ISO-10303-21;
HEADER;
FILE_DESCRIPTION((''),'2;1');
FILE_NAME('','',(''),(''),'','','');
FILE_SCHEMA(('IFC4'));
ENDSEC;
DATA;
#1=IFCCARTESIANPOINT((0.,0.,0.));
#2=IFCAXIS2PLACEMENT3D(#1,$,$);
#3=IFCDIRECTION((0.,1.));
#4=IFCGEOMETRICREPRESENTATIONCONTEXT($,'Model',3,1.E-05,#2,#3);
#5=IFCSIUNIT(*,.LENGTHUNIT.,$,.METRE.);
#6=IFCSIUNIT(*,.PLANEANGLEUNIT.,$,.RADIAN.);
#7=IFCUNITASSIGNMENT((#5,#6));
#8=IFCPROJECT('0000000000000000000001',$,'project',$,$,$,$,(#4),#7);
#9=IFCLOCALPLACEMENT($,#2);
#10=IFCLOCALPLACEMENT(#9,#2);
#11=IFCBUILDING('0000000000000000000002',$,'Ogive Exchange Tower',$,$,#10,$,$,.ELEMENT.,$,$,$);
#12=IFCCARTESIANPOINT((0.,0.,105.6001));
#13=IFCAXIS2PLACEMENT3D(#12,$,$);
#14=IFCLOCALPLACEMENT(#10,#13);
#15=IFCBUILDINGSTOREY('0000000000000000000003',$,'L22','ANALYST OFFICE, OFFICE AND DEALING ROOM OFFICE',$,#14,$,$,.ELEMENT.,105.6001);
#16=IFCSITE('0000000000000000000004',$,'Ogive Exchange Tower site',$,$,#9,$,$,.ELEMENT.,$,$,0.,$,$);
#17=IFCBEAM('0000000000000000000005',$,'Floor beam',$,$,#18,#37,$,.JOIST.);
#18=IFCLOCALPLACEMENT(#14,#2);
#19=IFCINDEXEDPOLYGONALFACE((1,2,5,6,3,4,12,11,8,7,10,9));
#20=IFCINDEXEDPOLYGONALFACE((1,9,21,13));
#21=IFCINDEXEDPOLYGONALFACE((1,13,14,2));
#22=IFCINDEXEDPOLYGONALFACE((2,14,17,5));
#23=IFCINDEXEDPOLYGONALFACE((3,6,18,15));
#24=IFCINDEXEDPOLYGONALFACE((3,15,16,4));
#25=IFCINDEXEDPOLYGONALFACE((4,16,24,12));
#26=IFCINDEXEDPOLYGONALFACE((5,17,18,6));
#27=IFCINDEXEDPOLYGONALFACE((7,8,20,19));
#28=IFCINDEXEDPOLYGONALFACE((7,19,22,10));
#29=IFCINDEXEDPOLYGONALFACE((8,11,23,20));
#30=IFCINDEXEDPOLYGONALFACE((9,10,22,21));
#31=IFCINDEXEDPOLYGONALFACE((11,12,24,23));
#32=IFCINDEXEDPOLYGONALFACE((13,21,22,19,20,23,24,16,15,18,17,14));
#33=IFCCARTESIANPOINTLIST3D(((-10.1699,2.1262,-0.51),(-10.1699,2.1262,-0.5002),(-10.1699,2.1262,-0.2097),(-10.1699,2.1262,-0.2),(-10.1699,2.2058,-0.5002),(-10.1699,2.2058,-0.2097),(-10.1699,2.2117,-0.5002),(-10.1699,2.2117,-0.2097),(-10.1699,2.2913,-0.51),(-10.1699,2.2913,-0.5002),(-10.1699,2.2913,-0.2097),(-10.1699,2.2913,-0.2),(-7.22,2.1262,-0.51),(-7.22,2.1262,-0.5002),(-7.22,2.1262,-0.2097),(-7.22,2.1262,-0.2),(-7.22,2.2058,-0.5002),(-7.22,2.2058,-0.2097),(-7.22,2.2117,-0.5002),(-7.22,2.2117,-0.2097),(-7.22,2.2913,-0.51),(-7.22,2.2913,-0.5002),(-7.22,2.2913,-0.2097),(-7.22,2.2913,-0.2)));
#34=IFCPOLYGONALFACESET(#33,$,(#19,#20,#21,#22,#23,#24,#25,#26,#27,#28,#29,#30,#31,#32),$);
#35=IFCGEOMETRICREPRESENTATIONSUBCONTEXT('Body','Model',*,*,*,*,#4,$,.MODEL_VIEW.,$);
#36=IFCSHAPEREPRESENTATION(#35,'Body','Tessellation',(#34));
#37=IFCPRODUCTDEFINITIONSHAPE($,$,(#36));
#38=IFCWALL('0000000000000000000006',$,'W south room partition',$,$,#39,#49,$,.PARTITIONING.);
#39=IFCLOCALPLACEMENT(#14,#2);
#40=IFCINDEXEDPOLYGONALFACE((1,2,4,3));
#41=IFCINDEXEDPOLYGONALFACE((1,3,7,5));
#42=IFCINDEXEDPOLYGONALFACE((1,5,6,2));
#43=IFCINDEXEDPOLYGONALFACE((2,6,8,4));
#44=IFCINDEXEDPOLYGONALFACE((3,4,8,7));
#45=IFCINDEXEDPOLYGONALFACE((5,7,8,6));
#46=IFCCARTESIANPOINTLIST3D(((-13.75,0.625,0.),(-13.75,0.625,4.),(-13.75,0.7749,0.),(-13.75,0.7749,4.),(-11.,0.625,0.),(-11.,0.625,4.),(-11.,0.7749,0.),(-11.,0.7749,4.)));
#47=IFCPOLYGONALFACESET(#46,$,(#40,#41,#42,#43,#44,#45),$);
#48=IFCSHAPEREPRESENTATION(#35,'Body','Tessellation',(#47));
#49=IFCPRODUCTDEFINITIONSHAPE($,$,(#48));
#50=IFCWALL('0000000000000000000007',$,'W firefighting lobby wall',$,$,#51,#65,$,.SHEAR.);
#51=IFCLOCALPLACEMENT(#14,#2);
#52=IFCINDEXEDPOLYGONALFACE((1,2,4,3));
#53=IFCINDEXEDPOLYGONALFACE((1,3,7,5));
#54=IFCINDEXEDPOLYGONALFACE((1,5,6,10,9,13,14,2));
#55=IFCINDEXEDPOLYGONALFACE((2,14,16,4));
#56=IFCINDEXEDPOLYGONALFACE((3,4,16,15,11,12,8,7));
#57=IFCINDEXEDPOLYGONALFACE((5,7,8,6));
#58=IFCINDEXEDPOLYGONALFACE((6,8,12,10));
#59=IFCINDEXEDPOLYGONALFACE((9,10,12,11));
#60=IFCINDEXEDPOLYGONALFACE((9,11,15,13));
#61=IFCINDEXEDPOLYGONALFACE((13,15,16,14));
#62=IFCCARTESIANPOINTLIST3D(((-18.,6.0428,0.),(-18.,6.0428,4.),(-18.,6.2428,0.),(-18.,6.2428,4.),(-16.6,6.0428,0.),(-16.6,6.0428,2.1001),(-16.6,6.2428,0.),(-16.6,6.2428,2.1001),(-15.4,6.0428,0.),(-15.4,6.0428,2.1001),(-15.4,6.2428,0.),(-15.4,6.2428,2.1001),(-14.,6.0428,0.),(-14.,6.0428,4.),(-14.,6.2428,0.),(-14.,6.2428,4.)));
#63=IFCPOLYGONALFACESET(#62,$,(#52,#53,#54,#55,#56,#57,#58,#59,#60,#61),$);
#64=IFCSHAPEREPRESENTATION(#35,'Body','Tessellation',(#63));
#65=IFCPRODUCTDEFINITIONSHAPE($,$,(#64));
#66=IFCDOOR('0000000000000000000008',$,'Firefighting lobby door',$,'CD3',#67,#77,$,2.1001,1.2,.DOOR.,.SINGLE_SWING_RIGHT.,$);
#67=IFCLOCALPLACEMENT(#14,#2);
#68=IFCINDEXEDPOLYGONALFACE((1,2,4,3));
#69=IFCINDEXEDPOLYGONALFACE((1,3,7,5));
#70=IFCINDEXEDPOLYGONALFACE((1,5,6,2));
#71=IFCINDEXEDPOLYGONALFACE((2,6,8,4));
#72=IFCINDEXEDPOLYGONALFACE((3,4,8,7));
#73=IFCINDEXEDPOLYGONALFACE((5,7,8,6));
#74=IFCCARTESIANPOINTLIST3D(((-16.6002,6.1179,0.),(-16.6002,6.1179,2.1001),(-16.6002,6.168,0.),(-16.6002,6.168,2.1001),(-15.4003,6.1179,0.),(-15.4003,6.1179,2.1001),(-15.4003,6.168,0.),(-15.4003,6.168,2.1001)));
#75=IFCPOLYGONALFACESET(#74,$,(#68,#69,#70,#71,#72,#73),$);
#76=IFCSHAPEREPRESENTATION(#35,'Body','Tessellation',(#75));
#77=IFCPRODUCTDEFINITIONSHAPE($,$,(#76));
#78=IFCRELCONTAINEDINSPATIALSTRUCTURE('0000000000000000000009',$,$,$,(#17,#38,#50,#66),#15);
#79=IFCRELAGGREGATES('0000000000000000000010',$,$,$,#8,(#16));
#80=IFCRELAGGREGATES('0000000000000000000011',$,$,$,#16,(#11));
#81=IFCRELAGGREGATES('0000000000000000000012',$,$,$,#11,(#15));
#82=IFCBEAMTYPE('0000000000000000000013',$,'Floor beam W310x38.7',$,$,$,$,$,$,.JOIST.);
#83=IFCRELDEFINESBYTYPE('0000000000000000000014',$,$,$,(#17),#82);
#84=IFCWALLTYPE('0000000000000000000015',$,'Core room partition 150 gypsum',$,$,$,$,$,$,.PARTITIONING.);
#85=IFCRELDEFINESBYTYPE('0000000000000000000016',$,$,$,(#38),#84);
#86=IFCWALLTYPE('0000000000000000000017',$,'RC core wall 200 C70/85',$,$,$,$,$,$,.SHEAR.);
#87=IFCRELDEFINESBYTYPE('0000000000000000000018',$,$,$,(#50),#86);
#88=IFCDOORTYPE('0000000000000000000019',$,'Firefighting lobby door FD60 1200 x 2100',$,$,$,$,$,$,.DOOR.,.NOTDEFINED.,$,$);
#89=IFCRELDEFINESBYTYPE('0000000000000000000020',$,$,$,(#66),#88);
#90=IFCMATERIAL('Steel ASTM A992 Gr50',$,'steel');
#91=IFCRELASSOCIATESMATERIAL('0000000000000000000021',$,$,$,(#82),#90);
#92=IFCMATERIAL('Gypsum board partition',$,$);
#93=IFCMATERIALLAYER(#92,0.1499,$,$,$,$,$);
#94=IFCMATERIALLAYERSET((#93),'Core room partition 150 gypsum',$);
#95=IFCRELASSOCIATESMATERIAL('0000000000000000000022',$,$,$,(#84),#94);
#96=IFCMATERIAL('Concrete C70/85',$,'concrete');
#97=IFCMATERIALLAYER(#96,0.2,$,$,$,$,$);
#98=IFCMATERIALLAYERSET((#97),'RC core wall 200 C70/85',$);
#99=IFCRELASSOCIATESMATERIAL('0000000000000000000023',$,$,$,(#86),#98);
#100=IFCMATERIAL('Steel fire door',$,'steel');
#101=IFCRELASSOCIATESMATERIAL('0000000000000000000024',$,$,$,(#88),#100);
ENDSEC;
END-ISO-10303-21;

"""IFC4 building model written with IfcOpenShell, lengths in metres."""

from ifc_helpers import new_model, si_unit, direction, frame, frame_2d, origin, origin_2d, place, context, subcontext, project, spatial, rectangle, i_section, extrude, material, layer, layer_set, material_profile, profile_set, type_object, element, fill, save


model = new_model("IFC4")

# Units and contexts
model_context = context("Model", 3, precision=1e-05, world=origin(), true_north=direction((0.0, 1.0)))
body_context = subcontext(model_context, "Body", "Model", "MODEL_VIEW")
ifc_project = project(units=[si_unit("LENGTHUNIT", "METRE"), si_unit("PLANEANGLEUNIT", "RADIAN")], contexts=[model_context])

# Site, building, storey
site_placement = place(None, origin())
site = spatial("IfcSite", under=ifc_project, at=site_placement, Name="Ogive Exchange Tower site", CompositionType="ELEMENT", RefElevation=0.0)
building_placement = place(site_placement, origin())
building = spatial("IfcBuilding", under=site, at=building_placement, Name="Ogive Exchange Tower", CompositionType="ELEMENT")
storey_placement = place(building_placement, frame((0.0, 0.0, 105.6001)))
storey = spatial("IfcBuildingStorey", under=building, at=storey_placement, Name="L22", Description="ANALYST OFFICE, OFFICE AND DEALING ROOM OFFICE", CompositionType="ELEMENT", Elevation=105.6001)

# Beam
ifc_material_1 = material(Name="Steel ASTM A992 Gr50", Category="steel")
ifc_material_profile = material_profile(ifc_material_1, i_section(OverallWidth=0.165, OverallDepth=0.3101, WebThickness=0.0059, FlangeThickness=0.0098, at=origin_2d()), Name="W310x38.7")
ifc_profile_set = profile_set([ifc_material_profile], Name="Steel ASTM A992 Gr50")
beam_type = type_object("IfcBeamType", Name="Floor beam W310x38.7", PredefinedType="JOIST", material=ifc_profile_set)
beam_placement = place(storey_placement, frame((-10.1699, 2.2087, -0.355), z_axis=(1.0, 0.0, 0.0), x_axis=(0.0, 1.0, 0.0)))
element("IfcBeam", 1, at=beam_placement, inside=storey, type_object=beam_type, Name="Floor beam", PredefinedType="JOIST", context=body_context, shape_type="SweptSolid", body=[
    extrude(i_section(OverallWidth=0.165, OverallDepth=0.3101, WebThickness=0.0059, FlangeThickness=0.0098, at=origin_2d()), origin(), (0.0, 0.0, 1.0), 2.95),
])

# Wall
ifc_material_2 = material(Name="Gypsum board partition")
ifc_layer_1 = layer(ifc_material_2, 0.1499)
ifc_layer_set_1 = layer_set([ifc_layer_1], Name="Core room partition 150 gypsum")
wall_type_1 = type_object("IfcWallType", Name="Core room partition 150 gypsum", PredefinedType="PARTITIONING", material=ifc_layer_set_1)
wall_1_placement = place(storey_placement, frame((-13.75, 0.7, 0.0), z_axis=(0.0, 0.0, 1.0), x_axis=(1.0, 0.0, 0.0)))
element("IfcWall", 2, at=wall_1_placement, inside=storey, type_object=wall_type_1, Name="W south room partition", PredefinedType="PARTITIONING", context=body_context, shape_type="SweptSolid", body=[
    extrude(rectangle(XDim=2.75, YDim=0.1499, at=frame_2d((1.375, 0.0))), origin(), (0.0, 0.0, 1.0), 4.0),
])

# Wall, opening, door
ifc_material_3 = material(Name="Concrete C70/85", Category="concrete")
ifc_layer_2 = layer(ifc_material_3, 0.2)
ifc_layer_set_2 = layer_set([ifc_layer_2], Name="RC core wall 200 C70/85")
wall_type_2 = type_object("IfcWallType", Name="RC core wall 200 C70/85", PredefinedType="SHEAR", material=ifc_layer_set_2)
wall_2_placement = place(storey_placement, frame((-18.0, 6.1428, 0.0), z_axis=(0.0, 0.0, 1.0), x_axis=(1.0, 0.0, 0.0)))
wall_2 = element("IfcWall", 3, at=wall_2_placement, inside=storey, type_object=wall_type_2, Name="W firefighting lobby wall", PredefinedType="SHEAR", context=body_context, shape_type="SweptSolid", body=[
    extrude(rectangle(XDim=4.0, YDim=0.2, at=frame_2d((2.0, 0.0))), origin(), (0.0, 0.0, 1.0), 4.0),
])
opening_1_placement = place(wall_2_placement, frame((1.3999, 0.0, 0.0)))
opening_1 = element("IfcOpeningElement", 4, at=opening_1_placement, cuts=wall_2, PredefinedType="OPENING", context=body_context, shape_type="SweptSolid", body=[
    extrude(rectangle(XDim=1.2, YDim=2.1001, at=frame_2d((0.6001, 1.05))), frame((0.0, 0.1099, 0.0), z_axis=(0.0, -1.0, 0.0), x_axis=(1.0, 0.0, 0.0)), (0.0, 0.0, 1.0), 0.22),
])
ifc_material_4 = material(Name="Steel fire door", Category="steel")
door_type_1 = type_object("IfcDoorType", Name="Firefighting lobby door FD60 1200 x 2100", OperationType="NOTDEFINED", PredefinedType="DOOR", material=ifc_material_4)
door_1_placement = place(opening_1_placement, frame((1.2, 0.0, 0.0), z_axis=(0.0, 0.0, 1.0), x_axis=(-1.0, 0.0, 0.0)))
door_1 = element("IfcDoor", 5, at=door_1_placement, inside=storey, type_object=door_type_1, Name="Firefighting lobby door", ObjectType="CD3", OperationType="SINGLE_SWING_RIGHT", OverallHeight=2.1001, OverallWidth=1.2, PredefinedType="DOOR", context=body_context, shape_type="SweptSolid", body=[
    extrude(rectangle(XDim=1.2, YDim=2.1001, at=frame_2d((0.6001, 1.05))), frame((0.0, 0.0249, 0.0), z_axis=(0.0, -1.0, 0.0), x_axis=(1.0, 0.0, 0.0)), (0.0, 0.0, 1.0), 0.05),
])
fill(opening_1, door_1)

save(model, "model.ifc")
